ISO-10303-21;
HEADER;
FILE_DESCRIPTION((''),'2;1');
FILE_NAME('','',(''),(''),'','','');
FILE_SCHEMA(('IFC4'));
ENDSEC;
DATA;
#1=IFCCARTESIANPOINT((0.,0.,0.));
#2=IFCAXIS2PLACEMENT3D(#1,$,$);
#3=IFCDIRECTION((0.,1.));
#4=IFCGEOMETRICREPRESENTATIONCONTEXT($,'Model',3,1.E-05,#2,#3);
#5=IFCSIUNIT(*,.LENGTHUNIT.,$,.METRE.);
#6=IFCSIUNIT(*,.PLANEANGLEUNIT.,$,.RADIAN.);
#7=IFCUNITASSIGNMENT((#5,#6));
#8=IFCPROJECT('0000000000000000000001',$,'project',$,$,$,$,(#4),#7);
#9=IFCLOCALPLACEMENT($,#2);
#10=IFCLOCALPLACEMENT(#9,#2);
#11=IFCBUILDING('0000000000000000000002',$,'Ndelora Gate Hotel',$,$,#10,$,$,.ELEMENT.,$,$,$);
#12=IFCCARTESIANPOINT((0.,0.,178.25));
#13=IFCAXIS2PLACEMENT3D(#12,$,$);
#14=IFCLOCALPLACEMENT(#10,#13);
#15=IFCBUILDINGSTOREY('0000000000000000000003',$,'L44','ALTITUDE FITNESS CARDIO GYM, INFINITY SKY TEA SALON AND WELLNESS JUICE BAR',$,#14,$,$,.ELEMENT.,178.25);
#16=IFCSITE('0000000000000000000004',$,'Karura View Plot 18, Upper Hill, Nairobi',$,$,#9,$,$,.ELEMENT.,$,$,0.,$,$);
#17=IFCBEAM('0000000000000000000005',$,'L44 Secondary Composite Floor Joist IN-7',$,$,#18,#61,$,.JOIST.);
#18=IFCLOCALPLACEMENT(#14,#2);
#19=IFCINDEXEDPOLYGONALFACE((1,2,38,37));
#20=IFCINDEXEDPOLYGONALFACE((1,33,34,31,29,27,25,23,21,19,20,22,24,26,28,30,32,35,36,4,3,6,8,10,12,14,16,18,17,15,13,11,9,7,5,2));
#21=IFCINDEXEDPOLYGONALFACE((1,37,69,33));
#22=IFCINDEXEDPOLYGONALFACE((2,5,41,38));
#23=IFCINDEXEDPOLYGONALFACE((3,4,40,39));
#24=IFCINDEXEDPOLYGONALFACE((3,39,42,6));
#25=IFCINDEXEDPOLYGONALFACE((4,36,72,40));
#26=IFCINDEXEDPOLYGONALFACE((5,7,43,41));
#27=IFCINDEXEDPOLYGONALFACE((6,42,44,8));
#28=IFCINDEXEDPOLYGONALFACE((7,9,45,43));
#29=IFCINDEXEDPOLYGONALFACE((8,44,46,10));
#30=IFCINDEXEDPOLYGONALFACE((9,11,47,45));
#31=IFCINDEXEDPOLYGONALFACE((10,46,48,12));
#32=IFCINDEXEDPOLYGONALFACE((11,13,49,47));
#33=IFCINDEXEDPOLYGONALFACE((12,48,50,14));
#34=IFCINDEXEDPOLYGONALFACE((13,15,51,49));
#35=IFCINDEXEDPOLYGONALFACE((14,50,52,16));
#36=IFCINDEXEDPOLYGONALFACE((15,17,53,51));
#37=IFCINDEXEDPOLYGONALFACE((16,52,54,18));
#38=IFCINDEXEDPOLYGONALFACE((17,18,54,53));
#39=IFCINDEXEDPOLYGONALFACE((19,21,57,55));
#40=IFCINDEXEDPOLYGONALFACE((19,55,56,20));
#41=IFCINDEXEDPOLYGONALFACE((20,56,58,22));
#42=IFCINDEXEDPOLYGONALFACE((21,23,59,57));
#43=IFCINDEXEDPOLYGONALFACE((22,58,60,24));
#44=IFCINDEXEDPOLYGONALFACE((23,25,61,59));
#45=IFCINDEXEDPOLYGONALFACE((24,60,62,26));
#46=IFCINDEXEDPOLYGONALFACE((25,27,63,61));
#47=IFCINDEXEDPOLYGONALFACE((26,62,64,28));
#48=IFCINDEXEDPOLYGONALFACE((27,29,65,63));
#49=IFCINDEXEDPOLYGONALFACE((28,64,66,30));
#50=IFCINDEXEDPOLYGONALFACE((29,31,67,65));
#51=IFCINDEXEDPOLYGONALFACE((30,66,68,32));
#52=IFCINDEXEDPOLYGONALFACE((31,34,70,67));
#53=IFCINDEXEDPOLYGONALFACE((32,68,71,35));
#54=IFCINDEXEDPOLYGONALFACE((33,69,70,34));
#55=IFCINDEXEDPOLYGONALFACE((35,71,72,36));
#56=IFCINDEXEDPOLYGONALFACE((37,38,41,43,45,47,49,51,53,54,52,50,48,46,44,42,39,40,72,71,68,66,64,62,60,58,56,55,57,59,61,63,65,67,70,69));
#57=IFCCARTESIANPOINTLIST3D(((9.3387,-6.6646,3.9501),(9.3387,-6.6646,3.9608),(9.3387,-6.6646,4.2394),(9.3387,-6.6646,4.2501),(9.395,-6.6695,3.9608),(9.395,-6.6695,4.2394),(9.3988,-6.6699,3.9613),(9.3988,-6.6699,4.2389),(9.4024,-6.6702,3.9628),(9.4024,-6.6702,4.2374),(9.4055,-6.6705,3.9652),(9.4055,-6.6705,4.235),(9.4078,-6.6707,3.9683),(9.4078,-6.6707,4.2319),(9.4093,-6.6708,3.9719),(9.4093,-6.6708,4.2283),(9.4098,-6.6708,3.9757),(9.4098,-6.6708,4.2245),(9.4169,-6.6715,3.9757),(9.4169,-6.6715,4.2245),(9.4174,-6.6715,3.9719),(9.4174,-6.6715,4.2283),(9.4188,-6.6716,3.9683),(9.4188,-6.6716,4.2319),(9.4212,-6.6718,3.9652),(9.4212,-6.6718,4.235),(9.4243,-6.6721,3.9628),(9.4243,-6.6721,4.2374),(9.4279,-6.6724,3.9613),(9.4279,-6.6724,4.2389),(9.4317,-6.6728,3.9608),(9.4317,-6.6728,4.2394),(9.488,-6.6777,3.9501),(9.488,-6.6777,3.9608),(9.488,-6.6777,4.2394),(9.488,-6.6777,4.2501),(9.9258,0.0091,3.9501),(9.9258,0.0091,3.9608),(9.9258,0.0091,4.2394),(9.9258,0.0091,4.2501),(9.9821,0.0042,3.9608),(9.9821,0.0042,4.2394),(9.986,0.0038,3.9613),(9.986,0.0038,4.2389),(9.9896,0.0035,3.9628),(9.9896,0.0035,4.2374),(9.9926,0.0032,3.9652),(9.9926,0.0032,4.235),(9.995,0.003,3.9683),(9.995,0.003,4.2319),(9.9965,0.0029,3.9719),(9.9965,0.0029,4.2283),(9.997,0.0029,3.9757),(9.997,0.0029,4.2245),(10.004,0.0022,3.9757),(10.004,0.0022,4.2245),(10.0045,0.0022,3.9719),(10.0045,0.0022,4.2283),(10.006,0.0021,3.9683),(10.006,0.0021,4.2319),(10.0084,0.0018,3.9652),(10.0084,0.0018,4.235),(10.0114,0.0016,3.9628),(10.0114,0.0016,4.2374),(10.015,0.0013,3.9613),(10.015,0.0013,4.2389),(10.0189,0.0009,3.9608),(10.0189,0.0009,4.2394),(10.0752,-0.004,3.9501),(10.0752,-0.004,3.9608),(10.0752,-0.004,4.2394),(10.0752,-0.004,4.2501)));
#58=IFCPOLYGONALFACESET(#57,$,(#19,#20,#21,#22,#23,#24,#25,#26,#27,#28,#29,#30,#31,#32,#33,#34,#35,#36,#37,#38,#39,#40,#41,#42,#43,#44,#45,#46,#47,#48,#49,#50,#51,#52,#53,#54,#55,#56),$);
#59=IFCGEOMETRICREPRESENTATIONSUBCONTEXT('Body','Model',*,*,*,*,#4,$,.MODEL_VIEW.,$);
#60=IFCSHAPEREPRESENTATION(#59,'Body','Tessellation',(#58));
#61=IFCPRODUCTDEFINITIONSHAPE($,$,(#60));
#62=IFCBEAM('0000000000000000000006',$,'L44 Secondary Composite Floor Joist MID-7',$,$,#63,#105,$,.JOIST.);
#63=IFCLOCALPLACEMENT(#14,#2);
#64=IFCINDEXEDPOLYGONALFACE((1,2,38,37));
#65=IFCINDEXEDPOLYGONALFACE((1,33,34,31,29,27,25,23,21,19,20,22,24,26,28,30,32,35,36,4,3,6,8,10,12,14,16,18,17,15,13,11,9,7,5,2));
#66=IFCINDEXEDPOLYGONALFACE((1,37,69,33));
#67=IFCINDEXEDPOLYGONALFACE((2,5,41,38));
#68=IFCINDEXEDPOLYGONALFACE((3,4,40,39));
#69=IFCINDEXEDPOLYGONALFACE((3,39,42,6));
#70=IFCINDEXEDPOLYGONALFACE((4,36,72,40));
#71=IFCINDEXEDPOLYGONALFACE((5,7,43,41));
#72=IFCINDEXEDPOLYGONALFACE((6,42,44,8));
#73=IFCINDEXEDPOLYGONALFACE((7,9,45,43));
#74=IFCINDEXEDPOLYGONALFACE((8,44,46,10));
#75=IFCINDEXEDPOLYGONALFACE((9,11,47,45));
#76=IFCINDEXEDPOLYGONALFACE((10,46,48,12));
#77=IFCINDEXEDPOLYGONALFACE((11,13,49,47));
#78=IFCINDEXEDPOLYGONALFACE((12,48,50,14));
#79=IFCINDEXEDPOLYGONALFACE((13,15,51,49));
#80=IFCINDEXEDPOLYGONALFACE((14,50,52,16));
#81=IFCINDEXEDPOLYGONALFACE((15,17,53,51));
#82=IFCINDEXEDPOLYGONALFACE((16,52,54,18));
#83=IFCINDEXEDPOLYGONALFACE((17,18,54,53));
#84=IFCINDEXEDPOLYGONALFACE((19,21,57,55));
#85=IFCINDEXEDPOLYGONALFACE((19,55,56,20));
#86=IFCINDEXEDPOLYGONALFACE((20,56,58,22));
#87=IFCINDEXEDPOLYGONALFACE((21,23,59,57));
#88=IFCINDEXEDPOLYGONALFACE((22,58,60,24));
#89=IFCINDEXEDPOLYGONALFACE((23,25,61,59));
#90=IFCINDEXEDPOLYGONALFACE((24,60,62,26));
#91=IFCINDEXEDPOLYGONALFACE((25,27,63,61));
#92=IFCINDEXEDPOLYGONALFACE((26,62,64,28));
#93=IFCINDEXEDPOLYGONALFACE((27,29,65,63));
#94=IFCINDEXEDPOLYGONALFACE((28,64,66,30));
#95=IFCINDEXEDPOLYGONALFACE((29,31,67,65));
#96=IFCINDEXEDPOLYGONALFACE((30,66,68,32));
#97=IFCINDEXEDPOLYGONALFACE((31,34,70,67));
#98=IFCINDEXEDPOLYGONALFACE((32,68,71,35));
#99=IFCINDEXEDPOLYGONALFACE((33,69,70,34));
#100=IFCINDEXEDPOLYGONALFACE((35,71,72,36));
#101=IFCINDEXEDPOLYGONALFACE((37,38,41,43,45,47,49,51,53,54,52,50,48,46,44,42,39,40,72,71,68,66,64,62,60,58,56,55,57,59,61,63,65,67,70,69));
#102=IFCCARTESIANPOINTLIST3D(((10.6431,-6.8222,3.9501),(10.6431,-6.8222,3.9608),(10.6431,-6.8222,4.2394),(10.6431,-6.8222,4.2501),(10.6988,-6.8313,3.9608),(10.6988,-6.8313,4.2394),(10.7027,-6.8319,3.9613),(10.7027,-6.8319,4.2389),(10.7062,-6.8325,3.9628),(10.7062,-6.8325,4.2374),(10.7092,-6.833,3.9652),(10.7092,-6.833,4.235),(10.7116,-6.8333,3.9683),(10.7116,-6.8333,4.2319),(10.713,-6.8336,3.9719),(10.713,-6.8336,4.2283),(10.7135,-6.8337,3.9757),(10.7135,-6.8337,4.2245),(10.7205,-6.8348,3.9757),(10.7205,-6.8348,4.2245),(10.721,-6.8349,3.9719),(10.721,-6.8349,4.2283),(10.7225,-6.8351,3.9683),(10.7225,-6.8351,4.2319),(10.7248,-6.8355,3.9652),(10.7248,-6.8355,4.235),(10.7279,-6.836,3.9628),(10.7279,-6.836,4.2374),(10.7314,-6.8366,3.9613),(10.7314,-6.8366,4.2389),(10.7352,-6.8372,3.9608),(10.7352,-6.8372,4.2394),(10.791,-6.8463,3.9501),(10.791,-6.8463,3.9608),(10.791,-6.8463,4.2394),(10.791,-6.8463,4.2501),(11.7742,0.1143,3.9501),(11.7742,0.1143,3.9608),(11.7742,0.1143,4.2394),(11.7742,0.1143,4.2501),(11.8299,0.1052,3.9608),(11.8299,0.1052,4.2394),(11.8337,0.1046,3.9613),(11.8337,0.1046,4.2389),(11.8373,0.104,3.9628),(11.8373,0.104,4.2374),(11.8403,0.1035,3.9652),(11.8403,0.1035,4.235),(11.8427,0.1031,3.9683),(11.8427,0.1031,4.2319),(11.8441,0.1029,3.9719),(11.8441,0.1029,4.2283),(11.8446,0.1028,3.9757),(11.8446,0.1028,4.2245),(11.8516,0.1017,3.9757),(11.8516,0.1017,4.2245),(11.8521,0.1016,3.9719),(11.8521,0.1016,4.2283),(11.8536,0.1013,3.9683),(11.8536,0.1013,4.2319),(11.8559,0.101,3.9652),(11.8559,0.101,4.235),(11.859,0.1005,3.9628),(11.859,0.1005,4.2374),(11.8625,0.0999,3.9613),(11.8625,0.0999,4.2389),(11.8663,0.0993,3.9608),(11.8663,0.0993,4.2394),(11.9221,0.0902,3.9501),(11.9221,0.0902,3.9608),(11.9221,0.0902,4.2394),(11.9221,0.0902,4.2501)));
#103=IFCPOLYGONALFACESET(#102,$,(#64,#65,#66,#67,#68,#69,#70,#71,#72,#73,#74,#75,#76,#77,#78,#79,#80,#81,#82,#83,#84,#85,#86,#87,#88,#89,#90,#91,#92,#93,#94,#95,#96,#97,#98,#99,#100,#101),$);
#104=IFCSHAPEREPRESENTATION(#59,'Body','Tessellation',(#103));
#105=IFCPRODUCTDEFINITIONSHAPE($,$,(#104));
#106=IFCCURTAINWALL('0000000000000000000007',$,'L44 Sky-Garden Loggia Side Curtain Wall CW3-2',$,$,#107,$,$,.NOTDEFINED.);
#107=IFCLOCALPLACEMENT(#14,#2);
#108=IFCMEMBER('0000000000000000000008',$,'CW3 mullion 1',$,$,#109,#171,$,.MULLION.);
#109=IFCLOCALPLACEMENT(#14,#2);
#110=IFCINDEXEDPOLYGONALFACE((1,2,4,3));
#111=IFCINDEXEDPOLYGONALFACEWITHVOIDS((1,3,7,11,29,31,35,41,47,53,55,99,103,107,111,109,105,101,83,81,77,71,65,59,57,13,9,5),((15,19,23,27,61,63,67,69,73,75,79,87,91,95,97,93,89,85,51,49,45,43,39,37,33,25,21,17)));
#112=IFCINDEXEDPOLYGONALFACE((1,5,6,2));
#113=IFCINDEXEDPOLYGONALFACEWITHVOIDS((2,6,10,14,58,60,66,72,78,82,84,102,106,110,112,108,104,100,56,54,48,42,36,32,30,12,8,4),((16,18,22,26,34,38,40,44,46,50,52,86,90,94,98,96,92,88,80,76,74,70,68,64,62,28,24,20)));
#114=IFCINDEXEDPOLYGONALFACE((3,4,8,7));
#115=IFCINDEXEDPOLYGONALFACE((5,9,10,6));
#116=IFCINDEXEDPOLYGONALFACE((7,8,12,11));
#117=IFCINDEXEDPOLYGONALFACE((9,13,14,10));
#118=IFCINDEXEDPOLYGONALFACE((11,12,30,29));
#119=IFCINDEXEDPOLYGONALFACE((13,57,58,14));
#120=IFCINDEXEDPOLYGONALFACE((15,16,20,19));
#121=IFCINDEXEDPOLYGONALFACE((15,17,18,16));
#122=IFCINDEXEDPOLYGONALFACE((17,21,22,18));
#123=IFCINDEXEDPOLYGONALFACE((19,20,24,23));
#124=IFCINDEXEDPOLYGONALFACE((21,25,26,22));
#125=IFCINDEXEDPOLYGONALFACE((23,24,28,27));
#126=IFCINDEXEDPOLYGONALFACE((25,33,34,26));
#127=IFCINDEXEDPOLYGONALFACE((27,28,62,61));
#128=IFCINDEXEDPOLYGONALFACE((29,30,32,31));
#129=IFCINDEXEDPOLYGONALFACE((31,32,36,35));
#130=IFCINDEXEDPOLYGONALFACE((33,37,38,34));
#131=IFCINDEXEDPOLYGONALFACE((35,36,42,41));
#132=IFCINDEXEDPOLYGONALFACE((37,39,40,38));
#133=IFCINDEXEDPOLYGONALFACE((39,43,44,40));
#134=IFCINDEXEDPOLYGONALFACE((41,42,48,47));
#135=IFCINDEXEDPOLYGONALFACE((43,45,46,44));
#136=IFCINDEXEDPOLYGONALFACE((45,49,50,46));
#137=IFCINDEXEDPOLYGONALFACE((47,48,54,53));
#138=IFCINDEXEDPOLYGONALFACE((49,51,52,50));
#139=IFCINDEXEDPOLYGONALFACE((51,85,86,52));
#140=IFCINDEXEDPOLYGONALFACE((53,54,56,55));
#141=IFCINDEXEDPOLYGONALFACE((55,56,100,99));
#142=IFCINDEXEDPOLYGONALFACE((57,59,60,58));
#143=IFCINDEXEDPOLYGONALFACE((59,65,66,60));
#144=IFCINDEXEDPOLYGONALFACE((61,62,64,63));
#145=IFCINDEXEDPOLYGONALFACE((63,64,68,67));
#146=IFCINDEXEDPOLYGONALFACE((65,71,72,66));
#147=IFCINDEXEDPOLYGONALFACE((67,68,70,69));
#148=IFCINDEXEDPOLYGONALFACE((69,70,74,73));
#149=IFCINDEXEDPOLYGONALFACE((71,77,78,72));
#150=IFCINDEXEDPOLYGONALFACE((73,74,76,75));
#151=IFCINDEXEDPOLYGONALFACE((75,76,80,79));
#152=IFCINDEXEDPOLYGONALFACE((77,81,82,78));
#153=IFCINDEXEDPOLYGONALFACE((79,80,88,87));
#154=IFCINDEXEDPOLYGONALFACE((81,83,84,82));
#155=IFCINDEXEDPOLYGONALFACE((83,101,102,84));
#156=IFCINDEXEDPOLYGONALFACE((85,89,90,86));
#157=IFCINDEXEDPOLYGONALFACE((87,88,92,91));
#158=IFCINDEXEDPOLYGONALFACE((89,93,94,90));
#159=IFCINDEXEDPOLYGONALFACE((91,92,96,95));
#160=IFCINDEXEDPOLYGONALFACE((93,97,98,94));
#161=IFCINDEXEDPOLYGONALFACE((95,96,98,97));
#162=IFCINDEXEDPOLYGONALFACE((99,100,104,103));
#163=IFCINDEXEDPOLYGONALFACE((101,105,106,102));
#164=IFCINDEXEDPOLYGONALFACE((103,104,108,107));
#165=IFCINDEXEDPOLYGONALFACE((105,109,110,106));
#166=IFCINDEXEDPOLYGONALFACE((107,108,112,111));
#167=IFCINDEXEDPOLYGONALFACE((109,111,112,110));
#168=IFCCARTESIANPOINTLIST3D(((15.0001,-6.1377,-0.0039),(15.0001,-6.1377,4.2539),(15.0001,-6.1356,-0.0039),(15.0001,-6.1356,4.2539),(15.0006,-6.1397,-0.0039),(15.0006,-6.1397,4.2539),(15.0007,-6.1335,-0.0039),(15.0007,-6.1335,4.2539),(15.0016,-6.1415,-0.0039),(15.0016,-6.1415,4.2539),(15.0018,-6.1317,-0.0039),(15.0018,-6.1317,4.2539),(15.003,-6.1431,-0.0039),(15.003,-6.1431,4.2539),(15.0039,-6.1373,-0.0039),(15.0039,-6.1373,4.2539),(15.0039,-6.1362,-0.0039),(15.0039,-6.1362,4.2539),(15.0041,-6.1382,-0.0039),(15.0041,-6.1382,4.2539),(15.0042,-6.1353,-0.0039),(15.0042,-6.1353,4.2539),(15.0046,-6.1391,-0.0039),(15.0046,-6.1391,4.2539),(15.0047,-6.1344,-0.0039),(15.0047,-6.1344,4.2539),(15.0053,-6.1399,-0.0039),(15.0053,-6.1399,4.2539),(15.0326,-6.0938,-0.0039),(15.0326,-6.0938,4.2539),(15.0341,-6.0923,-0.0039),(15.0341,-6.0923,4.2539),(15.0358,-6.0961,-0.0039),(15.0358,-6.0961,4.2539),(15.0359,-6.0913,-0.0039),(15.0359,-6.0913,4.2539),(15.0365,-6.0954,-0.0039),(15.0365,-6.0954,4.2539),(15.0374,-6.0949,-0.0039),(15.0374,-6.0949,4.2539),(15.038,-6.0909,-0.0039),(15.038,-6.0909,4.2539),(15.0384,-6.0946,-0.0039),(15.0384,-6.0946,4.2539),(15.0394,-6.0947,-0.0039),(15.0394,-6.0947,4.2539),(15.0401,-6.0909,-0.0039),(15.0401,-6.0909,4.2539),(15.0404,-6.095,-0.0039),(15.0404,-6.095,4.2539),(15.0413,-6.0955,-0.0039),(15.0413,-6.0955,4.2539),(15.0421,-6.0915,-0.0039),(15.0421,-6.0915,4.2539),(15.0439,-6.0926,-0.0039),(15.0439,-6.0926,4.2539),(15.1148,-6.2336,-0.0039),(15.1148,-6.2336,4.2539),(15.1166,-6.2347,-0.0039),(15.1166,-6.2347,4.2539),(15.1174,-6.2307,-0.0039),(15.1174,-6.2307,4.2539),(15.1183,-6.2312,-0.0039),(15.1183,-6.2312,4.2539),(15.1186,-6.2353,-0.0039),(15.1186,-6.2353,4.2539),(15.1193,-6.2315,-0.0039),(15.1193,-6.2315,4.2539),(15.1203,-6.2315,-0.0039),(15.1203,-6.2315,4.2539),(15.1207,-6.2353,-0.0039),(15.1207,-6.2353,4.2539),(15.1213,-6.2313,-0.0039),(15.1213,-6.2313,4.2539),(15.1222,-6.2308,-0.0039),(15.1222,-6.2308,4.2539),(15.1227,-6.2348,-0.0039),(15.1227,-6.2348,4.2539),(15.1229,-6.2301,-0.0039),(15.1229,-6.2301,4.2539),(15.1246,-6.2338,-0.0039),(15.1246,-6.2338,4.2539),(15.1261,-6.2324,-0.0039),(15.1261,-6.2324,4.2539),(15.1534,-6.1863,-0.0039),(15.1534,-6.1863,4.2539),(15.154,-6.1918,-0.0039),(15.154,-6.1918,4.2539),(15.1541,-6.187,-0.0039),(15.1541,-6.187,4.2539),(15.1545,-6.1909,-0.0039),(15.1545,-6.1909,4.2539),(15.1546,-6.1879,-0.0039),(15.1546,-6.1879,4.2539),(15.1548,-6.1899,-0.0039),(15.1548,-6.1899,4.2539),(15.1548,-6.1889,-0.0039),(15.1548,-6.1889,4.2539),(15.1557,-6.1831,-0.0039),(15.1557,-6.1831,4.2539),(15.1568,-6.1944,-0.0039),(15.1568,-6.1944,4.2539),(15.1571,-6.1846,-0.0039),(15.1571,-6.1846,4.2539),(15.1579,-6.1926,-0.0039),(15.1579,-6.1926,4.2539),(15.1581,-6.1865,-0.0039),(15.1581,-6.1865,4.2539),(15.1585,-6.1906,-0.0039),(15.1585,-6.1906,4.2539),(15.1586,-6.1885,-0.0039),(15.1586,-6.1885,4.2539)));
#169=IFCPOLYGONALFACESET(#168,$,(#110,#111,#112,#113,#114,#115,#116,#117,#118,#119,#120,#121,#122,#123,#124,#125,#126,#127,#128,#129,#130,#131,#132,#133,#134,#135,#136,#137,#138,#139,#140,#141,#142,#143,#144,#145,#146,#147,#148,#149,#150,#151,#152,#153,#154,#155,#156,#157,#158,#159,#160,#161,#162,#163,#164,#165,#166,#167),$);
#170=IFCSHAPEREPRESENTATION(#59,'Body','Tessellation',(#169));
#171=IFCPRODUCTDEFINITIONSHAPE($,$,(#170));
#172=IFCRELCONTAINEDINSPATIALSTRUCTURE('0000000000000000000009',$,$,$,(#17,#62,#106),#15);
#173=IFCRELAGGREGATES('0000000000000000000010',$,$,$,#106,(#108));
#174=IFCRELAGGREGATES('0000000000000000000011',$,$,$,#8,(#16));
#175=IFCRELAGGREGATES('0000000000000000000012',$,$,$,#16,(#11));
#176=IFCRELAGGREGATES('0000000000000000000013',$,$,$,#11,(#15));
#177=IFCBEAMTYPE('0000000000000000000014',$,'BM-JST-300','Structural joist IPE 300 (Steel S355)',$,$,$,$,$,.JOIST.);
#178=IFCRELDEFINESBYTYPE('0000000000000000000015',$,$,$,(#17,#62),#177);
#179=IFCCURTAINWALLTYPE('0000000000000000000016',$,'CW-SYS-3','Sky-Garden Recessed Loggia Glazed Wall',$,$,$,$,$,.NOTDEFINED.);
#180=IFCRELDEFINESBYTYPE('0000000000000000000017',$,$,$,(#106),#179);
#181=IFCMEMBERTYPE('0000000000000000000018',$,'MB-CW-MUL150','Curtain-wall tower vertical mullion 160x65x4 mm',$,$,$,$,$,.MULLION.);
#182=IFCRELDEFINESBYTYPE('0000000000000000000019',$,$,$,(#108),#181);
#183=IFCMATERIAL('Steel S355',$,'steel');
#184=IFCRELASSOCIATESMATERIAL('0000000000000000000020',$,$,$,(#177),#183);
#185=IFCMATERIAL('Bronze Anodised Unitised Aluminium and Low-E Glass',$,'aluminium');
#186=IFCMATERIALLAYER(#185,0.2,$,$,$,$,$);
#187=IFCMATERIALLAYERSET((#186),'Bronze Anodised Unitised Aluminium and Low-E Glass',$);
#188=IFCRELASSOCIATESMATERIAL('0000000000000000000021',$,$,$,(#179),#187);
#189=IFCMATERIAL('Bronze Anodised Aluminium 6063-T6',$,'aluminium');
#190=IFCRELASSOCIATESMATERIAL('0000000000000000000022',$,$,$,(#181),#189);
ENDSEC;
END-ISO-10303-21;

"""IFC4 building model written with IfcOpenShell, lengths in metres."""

from ifc_helpers import new_model, si_unit, direction, frame, origin, origin_2d, place, context, subcontext, project, spatial, hollow_rectangle, i_section, extrude, material, layer, layer_set, material_profile, profile_set, type_object, element, aggregate, save


model = new_model("IFC4")

# Units and contexts
model_context = context("Model", 3, precision=1e-05, world=origin(), true_north=direction((0.0, 1.0)))
body_context = subcontext(model_context, "Body", "Model", "MODEL_VIEW")
ifc_project = project(units=[si_unit("LENGTHUNIT", "METRE"), si_unit("PLANEANGLEUNIT", "RADIAN")], contexts=[model_context])

# Site, building, storey
site_placement = place(None, origin())
site = spatial("IfcSite", under=ifc_project, at=site_placement, Name="Karura View Plot 18, Upper Hill, Nairobi", CompositionType="ELEMENT", RefElevation=0.0)
building_placement = place(site_placement, origin())
building = spatial("IfcBuilding", under=site, at=building_placement, Name="Ndelora Gate Hotel", CompositionType="ELEMENT")
storey_placement = place(building_placement, frame((0.0, 0.0, 178.25)))
storey = spatial("IfcBuildingStorey", under=building, at=storey_placement, Name="L44", Description="ALTITUDE FITNESS CARDIO GYM, INFINITY SKY TEA SALON AND WELLNESS JUICE BAR", CompositionType="ELEMENT", Elevation=178.25)

# Beams
ifc_material_1 = material(Name="Steel S355", Category="steel")
ifc_material_profile_1 = material_profile(ifc_material_1, i_section(OverallWidth=0.1499, OverallDepth=0.3, WebThickness=0.0071, FlangeThickness=0.0107, FilletRadius=0.0149, at=origin_2d()), Name="IPE 300")
ifc_profile_set_1 = profile_set([ifc_material_profile_1], Name="Steel S355")
beam_type = type_object("IfcBeamType", Name="BM-JST-300", Description="Structural joist IPE 300 (Steel S355)", PredefinedType="JOIST", material=ifc_profile_set_1)
beam_1_placement = place(storey_placement, frame((9.4133, -6.6711, 4.1001), z_axis=(0.087644, 0.996152, 0.0), x_axis=(-0.996152, 0.087644, 0.0)))
element("IfcBeam", 1, at=beam_1_placement, inside=storey, type_object=beam_type, Name="L44 Secondary Composite Floor Joist IN-7", PredefinedType="JOIST", context=body_context, shape_type="SweptSolid", body=[
    extrude(i_section(OverallWidth=0.1499, OverallDepth=0.3, WebThickness=0.0071, FlangeThickness=0.0107, FilletRadius=0.0149, at=origin_2d()), origin(), (0.0, 0.0, 1.0), 6.6995),
])
beam_2_placement = place(storey_placement, frame((10.717, -6.8342, 4.1001), z_axis=(0.160939, 0.986964, 0.0), x_axis=(-0.986964, 0.160939, 0.0)))
element("IfcBeam", 2, at=beam_2_placement, inside=storey, type_object=beam_type, Name="L44 Secondary Composite Floor Joist MID-7", PredefinedType="JOIST", context=body_context, shape_type="SweptSolid", body=[
    extrude(i_section(OverallWidth=0.1499, OverallDepth=0.3, WebThickness=0.0071, FlangeThickness=0.0107, FilletRadius=0.0149, at=origin_2d()), origin(), (0.0, 0.0, 1.0), 7.0281),
])

# Curtain wall, member
ifc_material_2 = material(Name="Bronze Anodised Unitised Aluminium and Low-E Glass", Category="aluminium")
ifc_layer_1 = layer(ifc_material_2, 0.2)
ifc_layer_set_1 = layer_set([ifc_layer_1], Name="Bronze Anodised Unitised Aluminium and Low-E Glass")
curtain_wall_type = type_object("IfcCurtainWallType", Name="CW-SYS-3", Description="Sky-Garden Recessed Loggia Glazed Wall", PredefinedType="NOTDEFINED", material=ifc_layer_set_1)
curtain_wall_placement = place(storey_placement, origin())
curtain_wall = element("IfcCurtainWall", 3, at=curtain_wall_placement, inside=storey, type_object=curtain_wall_type, Name="L44 Sky-Garden Loggia Side Curtain Wall CW3-2", PredefinedType="NOTDEFINED")
ifc_material_3 = material(Name="Bronze Anodised Aluminium 6063-T6", Category="aluminium")
ifc_material_profile_2 = material_profile(ifc_material_3, hollow_rectangle(XDim=0.0649, YDim=0.1599, WallThickness=0.0039, InnerFilletRadius=0.0039, OuterFilletRadius=0.0081, at=origin_2d()), Name="ALU 160x65x4")
ifc_profile_set_2 = profile_set([ifc_material_profile_2], Name="Bronze Anodised Aluminium 6063-T6")
member_type_1 = type_object("IfcMemberType", Name="MB-CW-MUL150", Description="Curtain-wall tower vertical mullion 160x65x4 mm", PredefinedType="MULLION", material=ifc_profile_set_2)
member_1_placement = place(storey_placement, frame((15.0793, -6.1631, -0.0039), z_axis=(0.0, 0.0, 1.0), x_axis=(-0.629324, -0.777143, 0.0)))
member_1 = element("IfcMember", 4, at=member_1_placement, type_object=member_type_1, Name="CW3 mullion 1", PredefinedType="MULLION", context=body_context, shape_type="SweptSolid", body=[
    extrude(hollow_rectangle(XDim=0.0649, YDim=0.1599, WallThickness=0.0039, InnerFilletRadius=0.0039, OuterFilletRadius=0.0081, at=origin_2d()), origin(), (0.0, 0.0, 1.0), 4.2578),
])
aggregate(curtain_wall, [member_1])

save(model, "model.ifc")
